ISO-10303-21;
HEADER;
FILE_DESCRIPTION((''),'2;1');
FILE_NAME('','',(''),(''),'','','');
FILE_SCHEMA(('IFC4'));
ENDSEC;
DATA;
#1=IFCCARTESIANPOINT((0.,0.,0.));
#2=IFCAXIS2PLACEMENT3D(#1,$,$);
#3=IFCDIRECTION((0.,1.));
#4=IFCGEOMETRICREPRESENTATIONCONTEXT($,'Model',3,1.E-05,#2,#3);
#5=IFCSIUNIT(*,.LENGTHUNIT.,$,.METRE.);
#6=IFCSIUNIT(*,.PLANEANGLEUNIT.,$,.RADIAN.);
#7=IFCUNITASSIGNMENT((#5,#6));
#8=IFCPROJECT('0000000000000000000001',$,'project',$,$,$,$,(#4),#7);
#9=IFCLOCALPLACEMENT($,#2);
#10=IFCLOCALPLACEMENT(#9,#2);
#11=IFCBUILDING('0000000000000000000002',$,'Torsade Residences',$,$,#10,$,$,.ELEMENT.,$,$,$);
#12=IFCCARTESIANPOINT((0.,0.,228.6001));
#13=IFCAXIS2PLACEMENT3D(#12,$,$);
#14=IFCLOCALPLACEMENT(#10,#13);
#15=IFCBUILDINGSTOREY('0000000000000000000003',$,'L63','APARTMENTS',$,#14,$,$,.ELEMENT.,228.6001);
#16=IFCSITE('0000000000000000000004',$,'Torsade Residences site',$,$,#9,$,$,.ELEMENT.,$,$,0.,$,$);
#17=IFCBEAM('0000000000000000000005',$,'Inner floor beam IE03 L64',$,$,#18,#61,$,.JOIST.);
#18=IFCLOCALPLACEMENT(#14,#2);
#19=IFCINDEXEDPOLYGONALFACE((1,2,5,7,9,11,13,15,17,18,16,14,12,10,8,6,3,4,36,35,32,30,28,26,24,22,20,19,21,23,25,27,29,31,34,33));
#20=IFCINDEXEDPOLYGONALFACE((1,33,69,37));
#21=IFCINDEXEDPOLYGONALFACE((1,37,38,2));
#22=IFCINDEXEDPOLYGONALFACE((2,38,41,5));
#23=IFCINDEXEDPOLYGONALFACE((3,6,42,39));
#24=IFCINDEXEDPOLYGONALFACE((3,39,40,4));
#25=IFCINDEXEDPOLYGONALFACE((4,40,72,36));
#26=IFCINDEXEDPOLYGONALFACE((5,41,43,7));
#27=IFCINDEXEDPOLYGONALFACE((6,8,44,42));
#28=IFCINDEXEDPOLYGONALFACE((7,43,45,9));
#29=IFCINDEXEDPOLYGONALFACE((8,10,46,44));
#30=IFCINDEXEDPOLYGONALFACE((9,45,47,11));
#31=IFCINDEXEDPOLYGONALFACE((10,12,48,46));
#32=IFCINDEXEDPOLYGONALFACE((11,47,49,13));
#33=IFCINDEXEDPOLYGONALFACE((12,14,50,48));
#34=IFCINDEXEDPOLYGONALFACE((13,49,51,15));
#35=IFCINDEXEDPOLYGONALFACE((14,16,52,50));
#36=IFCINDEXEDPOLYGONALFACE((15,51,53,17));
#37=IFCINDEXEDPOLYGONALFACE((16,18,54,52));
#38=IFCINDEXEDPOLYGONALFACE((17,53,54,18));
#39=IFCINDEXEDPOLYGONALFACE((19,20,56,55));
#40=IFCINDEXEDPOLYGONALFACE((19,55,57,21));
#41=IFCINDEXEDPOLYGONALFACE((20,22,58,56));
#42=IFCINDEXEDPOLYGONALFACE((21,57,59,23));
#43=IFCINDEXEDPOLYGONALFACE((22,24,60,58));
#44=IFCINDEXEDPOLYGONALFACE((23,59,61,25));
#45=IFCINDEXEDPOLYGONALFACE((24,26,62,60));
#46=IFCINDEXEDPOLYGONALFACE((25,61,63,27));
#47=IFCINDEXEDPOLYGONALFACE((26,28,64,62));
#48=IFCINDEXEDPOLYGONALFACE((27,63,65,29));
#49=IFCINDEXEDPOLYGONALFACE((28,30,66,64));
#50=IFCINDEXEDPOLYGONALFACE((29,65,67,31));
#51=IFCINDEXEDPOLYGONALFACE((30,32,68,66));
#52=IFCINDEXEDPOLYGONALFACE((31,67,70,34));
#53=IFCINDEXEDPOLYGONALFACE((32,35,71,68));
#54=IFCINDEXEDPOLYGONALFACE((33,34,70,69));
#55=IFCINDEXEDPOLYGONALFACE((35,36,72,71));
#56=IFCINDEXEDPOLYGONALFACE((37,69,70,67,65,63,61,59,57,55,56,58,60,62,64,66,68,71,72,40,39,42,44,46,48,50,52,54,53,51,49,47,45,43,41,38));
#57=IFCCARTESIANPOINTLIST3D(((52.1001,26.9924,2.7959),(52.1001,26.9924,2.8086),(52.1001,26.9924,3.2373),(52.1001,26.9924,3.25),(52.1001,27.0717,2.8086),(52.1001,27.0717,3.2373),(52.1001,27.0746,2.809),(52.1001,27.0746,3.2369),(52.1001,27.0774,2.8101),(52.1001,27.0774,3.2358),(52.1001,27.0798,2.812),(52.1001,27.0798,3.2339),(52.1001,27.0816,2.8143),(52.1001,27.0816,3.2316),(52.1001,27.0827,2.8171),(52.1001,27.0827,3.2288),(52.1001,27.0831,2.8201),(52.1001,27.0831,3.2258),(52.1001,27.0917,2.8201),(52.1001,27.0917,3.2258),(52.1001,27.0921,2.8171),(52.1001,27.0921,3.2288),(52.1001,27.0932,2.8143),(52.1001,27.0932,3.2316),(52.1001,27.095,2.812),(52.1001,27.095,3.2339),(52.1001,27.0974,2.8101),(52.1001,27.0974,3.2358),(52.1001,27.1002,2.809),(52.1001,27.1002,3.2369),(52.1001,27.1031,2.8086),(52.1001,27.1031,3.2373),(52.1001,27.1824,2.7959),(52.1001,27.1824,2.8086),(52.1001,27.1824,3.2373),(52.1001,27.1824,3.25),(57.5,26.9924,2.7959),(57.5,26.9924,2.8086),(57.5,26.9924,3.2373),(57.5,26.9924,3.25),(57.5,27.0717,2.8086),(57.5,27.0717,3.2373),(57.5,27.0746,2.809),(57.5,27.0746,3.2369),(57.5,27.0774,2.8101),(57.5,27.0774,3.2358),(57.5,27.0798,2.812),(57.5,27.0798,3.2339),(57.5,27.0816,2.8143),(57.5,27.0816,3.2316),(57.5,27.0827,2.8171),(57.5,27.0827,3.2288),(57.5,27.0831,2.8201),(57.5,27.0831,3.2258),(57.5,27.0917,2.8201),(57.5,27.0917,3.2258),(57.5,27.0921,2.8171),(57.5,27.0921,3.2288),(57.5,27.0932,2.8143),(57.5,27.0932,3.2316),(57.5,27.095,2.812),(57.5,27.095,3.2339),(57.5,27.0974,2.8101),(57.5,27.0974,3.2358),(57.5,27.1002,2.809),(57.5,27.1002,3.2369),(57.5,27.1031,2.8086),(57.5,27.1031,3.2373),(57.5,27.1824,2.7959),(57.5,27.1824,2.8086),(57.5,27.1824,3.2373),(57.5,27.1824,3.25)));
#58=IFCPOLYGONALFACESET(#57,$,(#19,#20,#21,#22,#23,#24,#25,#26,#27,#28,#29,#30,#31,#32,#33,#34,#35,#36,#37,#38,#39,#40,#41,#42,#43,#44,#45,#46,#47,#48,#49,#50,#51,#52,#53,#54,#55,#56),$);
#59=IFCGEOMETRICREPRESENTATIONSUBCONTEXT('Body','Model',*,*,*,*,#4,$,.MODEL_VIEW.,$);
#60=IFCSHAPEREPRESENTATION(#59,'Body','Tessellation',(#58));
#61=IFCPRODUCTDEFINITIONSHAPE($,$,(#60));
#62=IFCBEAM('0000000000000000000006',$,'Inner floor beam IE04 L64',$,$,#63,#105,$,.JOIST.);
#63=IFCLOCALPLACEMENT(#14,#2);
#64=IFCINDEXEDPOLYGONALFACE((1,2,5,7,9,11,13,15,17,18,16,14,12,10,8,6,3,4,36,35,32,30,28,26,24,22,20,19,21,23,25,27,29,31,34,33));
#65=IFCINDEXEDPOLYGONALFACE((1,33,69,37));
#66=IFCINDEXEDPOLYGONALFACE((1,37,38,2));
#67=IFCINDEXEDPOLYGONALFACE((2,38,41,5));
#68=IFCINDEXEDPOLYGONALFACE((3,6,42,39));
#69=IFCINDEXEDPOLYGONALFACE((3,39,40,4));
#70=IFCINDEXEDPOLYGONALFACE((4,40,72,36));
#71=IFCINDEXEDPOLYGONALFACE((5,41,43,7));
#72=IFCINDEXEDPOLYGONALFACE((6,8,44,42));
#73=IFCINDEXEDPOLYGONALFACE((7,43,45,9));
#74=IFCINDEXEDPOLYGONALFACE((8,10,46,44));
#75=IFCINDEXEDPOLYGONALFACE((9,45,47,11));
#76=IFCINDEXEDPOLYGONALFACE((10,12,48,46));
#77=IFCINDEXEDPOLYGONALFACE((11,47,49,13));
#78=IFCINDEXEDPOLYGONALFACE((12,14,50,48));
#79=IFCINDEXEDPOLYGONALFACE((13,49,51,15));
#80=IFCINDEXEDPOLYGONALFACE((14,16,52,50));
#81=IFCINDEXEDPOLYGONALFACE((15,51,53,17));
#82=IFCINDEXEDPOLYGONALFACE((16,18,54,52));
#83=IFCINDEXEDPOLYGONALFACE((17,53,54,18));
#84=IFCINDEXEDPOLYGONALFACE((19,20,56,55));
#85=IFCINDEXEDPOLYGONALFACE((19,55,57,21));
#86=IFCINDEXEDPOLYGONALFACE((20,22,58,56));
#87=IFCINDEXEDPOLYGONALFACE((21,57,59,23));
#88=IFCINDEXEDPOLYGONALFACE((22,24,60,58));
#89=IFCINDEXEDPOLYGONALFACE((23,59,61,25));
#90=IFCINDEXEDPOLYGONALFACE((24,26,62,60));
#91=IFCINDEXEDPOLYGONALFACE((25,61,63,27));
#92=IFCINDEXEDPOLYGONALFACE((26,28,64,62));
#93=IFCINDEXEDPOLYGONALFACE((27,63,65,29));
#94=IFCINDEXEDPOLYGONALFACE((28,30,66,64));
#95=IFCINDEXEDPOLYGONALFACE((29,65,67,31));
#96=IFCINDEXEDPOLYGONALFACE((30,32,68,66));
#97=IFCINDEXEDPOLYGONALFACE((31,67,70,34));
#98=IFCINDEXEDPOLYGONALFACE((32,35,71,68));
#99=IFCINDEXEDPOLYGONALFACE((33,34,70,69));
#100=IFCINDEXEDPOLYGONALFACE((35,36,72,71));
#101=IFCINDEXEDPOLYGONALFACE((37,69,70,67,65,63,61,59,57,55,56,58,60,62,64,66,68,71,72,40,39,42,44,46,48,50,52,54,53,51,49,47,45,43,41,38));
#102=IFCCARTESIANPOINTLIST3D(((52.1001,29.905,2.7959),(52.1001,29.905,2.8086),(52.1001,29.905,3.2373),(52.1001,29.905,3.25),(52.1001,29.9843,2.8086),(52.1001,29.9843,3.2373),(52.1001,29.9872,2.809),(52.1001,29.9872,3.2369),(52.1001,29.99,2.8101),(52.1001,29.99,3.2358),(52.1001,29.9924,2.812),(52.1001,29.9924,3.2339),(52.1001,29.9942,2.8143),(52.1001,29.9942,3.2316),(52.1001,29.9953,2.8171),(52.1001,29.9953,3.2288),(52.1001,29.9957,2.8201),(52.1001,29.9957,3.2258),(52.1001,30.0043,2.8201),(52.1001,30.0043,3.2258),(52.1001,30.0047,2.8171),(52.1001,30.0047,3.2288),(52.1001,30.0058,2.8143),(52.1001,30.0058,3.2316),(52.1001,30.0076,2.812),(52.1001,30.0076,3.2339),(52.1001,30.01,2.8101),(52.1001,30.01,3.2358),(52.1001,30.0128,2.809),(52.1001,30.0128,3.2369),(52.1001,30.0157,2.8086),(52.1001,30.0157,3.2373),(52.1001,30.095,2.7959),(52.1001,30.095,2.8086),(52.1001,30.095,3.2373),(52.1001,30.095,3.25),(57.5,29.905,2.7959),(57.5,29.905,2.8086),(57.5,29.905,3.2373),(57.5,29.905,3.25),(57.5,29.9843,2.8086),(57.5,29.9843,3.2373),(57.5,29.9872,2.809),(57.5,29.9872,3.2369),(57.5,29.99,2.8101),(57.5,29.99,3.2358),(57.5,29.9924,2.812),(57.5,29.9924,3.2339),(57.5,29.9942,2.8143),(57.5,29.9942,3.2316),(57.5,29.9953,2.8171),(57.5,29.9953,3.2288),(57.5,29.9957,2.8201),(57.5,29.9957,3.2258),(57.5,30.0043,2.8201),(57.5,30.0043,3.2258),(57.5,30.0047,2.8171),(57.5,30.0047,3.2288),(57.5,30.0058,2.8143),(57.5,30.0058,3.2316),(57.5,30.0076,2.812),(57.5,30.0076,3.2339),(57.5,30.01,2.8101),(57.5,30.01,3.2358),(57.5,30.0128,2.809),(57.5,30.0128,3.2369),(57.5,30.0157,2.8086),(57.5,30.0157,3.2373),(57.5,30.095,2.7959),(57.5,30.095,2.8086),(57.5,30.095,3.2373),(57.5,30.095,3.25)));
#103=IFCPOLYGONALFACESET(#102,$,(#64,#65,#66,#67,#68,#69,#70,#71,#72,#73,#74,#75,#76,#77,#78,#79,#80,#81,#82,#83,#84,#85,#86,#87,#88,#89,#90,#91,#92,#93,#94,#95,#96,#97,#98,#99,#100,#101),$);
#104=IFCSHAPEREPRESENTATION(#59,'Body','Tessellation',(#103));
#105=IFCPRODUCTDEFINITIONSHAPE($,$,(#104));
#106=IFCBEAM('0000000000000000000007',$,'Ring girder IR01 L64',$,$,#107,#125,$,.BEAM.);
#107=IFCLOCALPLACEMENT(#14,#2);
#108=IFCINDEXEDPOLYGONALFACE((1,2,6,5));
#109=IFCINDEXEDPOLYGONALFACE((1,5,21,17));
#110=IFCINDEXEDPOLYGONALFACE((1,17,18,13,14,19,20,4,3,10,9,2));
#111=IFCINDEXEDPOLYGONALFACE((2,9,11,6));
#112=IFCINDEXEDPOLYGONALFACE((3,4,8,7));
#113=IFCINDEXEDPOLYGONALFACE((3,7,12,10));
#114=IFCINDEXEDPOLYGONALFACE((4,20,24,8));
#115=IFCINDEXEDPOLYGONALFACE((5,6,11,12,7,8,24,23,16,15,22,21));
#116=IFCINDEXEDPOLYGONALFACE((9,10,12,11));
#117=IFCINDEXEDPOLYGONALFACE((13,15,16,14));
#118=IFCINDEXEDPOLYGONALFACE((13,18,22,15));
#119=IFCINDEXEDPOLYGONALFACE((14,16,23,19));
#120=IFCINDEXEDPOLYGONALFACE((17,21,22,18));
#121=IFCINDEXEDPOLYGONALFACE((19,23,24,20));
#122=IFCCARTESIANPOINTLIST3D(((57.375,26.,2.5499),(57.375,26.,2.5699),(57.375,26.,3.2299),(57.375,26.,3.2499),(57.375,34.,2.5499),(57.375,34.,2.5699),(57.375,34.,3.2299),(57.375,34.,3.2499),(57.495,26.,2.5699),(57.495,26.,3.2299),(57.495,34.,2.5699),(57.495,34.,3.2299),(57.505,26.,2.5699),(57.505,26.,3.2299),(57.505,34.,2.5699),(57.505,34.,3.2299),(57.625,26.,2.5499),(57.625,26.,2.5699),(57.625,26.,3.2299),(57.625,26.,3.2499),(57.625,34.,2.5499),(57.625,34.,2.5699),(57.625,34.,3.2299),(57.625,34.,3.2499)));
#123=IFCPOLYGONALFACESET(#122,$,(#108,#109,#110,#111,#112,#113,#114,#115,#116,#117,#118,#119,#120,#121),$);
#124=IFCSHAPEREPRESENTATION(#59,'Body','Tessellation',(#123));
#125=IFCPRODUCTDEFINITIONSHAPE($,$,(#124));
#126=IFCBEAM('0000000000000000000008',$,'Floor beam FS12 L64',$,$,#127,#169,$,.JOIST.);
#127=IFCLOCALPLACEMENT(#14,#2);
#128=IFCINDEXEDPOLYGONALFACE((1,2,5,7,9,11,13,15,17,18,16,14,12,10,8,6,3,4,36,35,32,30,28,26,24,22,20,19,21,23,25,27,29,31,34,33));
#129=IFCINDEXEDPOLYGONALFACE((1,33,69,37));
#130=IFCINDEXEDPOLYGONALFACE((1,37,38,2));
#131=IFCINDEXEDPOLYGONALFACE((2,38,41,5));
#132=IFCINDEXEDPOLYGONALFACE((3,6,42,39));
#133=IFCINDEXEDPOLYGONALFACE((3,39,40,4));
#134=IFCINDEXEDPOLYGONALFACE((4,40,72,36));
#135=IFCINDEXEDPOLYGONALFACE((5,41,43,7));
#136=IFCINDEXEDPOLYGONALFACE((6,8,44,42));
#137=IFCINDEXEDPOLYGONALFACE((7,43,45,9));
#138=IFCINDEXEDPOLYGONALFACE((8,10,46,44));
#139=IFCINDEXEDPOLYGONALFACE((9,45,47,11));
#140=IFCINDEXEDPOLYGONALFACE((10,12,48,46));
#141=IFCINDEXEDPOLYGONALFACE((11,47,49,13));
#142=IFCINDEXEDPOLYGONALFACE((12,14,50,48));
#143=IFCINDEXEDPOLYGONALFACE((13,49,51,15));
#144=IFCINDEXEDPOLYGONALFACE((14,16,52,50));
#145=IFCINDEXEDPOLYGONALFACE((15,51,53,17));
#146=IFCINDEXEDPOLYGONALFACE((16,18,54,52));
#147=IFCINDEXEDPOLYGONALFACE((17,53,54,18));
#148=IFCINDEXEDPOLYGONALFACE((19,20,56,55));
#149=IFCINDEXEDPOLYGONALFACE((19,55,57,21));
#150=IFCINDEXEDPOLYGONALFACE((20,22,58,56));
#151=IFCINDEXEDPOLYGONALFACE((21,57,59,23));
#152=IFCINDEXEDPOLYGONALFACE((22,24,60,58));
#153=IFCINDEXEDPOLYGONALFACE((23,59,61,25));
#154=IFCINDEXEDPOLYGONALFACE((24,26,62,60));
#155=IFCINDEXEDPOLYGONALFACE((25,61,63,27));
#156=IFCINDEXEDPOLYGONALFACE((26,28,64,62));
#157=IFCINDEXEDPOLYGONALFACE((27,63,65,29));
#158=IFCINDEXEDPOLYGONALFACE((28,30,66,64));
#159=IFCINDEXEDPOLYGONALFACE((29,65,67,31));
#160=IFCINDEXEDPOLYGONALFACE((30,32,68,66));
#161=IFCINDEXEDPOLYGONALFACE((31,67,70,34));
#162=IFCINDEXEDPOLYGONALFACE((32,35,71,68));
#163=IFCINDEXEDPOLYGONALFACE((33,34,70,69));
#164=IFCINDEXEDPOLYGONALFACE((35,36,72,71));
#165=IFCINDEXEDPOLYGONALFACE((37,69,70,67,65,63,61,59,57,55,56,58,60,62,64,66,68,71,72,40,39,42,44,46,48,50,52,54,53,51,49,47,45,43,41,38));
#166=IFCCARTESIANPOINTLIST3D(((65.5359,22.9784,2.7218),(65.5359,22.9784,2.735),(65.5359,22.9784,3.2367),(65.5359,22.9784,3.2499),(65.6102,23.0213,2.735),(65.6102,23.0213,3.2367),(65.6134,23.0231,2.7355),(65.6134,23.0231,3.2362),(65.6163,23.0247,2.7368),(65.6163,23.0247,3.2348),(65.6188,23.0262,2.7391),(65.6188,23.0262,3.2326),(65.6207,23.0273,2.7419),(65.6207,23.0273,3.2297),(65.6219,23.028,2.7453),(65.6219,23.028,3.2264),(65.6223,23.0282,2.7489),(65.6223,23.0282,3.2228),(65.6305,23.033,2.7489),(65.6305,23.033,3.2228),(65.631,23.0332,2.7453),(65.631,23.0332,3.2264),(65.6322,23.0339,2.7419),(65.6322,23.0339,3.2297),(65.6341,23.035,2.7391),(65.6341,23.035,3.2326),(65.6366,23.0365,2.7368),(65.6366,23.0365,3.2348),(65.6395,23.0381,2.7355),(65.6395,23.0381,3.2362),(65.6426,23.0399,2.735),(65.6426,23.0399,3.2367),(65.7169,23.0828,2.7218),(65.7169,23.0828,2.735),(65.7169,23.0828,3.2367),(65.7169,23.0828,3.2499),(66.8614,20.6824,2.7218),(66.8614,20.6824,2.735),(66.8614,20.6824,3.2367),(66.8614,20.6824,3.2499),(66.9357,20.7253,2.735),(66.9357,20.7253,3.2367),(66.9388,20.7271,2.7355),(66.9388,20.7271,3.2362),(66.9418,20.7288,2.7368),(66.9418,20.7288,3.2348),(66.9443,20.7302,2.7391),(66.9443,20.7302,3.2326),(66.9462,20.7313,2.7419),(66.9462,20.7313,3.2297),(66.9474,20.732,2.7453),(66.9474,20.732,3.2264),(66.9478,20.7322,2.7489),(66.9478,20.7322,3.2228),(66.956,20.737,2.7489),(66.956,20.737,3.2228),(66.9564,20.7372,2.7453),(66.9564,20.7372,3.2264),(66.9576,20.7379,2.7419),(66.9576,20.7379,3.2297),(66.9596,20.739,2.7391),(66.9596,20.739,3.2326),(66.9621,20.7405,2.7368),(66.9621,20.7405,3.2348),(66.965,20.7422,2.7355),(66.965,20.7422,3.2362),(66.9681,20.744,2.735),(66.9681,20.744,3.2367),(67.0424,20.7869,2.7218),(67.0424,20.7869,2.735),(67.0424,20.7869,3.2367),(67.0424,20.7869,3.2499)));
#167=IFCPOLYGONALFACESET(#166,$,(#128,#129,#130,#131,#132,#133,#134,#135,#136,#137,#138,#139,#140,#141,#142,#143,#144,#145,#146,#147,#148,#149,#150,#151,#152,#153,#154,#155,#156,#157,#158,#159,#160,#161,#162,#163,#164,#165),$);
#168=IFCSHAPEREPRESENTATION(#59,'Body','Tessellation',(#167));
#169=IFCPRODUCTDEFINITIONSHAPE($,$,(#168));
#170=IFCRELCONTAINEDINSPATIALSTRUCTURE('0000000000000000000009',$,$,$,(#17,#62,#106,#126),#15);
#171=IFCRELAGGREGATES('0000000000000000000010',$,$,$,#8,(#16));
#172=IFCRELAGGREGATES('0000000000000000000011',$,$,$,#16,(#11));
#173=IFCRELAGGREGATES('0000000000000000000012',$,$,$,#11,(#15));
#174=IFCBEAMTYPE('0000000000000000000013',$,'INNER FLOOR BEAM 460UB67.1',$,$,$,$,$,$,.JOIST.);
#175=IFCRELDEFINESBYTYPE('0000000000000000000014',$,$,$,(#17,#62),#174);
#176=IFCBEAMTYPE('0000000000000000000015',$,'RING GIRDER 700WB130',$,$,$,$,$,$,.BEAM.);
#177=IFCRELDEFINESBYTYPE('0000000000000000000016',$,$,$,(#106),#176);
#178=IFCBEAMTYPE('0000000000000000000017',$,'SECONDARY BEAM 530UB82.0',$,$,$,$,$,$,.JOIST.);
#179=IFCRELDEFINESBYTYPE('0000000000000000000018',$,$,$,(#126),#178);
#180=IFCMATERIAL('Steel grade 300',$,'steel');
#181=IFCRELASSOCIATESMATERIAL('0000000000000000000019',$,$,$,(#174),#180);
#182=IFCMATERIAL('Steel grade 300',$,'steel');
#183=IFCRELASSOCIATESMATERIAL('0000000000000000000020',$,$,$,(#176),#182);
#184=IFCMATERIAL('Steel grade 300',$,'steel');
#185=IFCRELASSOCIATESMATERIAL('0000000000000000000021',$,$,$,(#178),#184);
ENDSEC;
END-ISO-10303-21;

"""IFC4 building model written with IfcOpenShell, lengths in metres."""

from ifc_helpers import new_model, si_unit, direction, frame, origin, origin_2d, place, context, subcontext, project, spatial, i_section, extrude, material, material_profile, profile_set, type_object, element, save


model = new_model("IFC4")

# Units and contexts
model_context = context("Model", 3, precision=1e-05, world=origin(), true_north=direction((0.0, 1.0)))
body_context = subcontext(model_context, "Body", "Model", "MODEL_VIEW")
ifc_project = project(units=[si_unit("LENGTHUNIT", "METRE"), si_unit("PLANEANGLEUNIT", "RADIAN")], contexts=[model_context])

# Site, building, storey
site_placement = place(None, origin())
site = spatial("IfcSite", under=ifc_project, at=site_placement, Name="Torsade Residences site", CompositionType="ELEMENT", RefElevation=0.0)
building_placement = place(site_placement, origin())
building = spatial("IfcBuilding", under=site, at=building_placement, Name="Torsade Residences", CompositionType="ELEMENT")
storey_placement = place(building_placement, frame((0.0, 0.0, 228.6001)))
storey = spatial("IfcBuildingStorey", under=building, at=storey_placement, Name="L63", Description="APARTMENTS", CompositionType="ELEMENT", Elevation=228.6001)

# Beams
ifc_material_1 = material(Name="Steel grade 300", Category="steel")
ifc_material_profile_1 = material_profile(ifc_material_1, i_section(OverallWidth=0.1899, OverallDepth=0.4541, WebThickness=0.0085, FlangeThickness=0.0127, FilletRadius=0.0115, at=origin_2d()), Name="460UB67.1")
ifc_profile_set_1 = profile_set([ifc_material_profile_1], Name="Steel grade 300")
beam_type_1 = type_object("IfcBeamType", Name="INNER FLOOR BEAM 460UB67.1", PredefinedType="JOIST", material=ifc_profile_set_1)
for number, where, z_axis, x_axis, name in (
    (1, (52.1001, 27.0874, 3.0229), (1.0, 0.0, 0.0), (0.0, 1.0, 0.0), "Inner floor beam IE03 L64"),
    (2, (52.1001, 30.0, 3.0229), (1.0, 0.0, 0.0), (0.0, 1.0, 0.0), "Inner floor beam IE04 L64"),
):
    element("IfcBeam", number, at=place(storey_placement, frame(where, z_axis=z_axis, x_axis=x_axis)), inside=storey, type_object=beam_type_1, Name=name, PredefinedType="JOIST", context=body_context, shape_type="SweptSolid", body=[
        extrude(i_section(OverallWidth=0.1899, OverallDepth=0.4541, WebThickness=0.0085, FlangeThickness=0.0127, FilletRadius=0.0115, at=origin_2d()), origin(), (0.0, 0.0, 1.0), 5.3999),
    ])
ifc_material_2 = material(Name="Steel grade 300", Category="steel")
ifc_material_profile_2 = material_profile(ifc_material_2, i_section(OverallWidth=0.25, OverallDepth=0.7, WebThickness=0.01, FlangeThickness=0.02, at=origin_2d()), Name="700WB130")
ifc_profile_set_2 = profile_set([ifc_material_profile_2], Name="Steel grade 300")
beam_type_2 = type_object("IfcBeamType", Name="RING GIRDER 700WB130", PredefinedType="BEAM", material=ifc_profile_set_2)
beam_1_placement = place(storey_placement, frame((57.5, 26.0, 2.8999), z_axis=(0.0, 1.0, 0.0), x_axis=(-1.0, 0.0, 0.0)))
element("IfcBeam", 3, at=beam_1_placement, inside=storey, type_object=beam_type_2, Name="Ring girder IR01 L64", PredefinedType="BEAM", context=body_context, shape_type="SweptSolid", body=[
    extrude(i_section(OverallWidth=0.25, OverallDepth=0.7, WebThickness=0.01, FlangeThickness=0.02, at=origin_2d()), origin(), (0.0, 0.0, 1.0), 8.0),
])
ifc_material_3 = material(Name="Steel grade 300", Category="steel")
ifc_material_profile_3 = material_profile(ifc_material_3, i_section(OverallWidth=0.209, OverallDepth=0.5281, WebThickness=0.0095, FlangeThickness=0.0132, FilletRadius=0.0139, at=origin_2d()), Name="530UB82.0")
ifc_profile_set_3 = profile_set([ifc_material_profile_3], Name="Steel grade 300")
beam_type_3 = type_object("IfcBeamType", Name="SECONDARY BEAM 530UB82.0", PredefinedType="JOIST", material=ifc_profile_set_3)
beam_2_placement = place(storey_placement, frame((66.9519, 20.7346, 2.9858), z_axis=(-0.499972, 0.866041, 0.0), x_axis=(-0.866041, -0.499972, 0.0)))
element("IfcBeam", 4, at=beam_2_placement, inside=storey, type_object=beam_type_3, Name="Floor beam FS12 L64", PredefinedType="JOIST", context=body_context, shape_type="SweptSolid", body=[
    extrude(i_section(OverallWidth=0.209, OverallDepth=0.5281, WebThickness=0.0095, FlangeThickness=0.0132, FilletRadius=0.0139, at=origin_2d()), origin(), (0.0, 0.0, 1.0), 2.6511),
])

save(model, "model.ifc")
